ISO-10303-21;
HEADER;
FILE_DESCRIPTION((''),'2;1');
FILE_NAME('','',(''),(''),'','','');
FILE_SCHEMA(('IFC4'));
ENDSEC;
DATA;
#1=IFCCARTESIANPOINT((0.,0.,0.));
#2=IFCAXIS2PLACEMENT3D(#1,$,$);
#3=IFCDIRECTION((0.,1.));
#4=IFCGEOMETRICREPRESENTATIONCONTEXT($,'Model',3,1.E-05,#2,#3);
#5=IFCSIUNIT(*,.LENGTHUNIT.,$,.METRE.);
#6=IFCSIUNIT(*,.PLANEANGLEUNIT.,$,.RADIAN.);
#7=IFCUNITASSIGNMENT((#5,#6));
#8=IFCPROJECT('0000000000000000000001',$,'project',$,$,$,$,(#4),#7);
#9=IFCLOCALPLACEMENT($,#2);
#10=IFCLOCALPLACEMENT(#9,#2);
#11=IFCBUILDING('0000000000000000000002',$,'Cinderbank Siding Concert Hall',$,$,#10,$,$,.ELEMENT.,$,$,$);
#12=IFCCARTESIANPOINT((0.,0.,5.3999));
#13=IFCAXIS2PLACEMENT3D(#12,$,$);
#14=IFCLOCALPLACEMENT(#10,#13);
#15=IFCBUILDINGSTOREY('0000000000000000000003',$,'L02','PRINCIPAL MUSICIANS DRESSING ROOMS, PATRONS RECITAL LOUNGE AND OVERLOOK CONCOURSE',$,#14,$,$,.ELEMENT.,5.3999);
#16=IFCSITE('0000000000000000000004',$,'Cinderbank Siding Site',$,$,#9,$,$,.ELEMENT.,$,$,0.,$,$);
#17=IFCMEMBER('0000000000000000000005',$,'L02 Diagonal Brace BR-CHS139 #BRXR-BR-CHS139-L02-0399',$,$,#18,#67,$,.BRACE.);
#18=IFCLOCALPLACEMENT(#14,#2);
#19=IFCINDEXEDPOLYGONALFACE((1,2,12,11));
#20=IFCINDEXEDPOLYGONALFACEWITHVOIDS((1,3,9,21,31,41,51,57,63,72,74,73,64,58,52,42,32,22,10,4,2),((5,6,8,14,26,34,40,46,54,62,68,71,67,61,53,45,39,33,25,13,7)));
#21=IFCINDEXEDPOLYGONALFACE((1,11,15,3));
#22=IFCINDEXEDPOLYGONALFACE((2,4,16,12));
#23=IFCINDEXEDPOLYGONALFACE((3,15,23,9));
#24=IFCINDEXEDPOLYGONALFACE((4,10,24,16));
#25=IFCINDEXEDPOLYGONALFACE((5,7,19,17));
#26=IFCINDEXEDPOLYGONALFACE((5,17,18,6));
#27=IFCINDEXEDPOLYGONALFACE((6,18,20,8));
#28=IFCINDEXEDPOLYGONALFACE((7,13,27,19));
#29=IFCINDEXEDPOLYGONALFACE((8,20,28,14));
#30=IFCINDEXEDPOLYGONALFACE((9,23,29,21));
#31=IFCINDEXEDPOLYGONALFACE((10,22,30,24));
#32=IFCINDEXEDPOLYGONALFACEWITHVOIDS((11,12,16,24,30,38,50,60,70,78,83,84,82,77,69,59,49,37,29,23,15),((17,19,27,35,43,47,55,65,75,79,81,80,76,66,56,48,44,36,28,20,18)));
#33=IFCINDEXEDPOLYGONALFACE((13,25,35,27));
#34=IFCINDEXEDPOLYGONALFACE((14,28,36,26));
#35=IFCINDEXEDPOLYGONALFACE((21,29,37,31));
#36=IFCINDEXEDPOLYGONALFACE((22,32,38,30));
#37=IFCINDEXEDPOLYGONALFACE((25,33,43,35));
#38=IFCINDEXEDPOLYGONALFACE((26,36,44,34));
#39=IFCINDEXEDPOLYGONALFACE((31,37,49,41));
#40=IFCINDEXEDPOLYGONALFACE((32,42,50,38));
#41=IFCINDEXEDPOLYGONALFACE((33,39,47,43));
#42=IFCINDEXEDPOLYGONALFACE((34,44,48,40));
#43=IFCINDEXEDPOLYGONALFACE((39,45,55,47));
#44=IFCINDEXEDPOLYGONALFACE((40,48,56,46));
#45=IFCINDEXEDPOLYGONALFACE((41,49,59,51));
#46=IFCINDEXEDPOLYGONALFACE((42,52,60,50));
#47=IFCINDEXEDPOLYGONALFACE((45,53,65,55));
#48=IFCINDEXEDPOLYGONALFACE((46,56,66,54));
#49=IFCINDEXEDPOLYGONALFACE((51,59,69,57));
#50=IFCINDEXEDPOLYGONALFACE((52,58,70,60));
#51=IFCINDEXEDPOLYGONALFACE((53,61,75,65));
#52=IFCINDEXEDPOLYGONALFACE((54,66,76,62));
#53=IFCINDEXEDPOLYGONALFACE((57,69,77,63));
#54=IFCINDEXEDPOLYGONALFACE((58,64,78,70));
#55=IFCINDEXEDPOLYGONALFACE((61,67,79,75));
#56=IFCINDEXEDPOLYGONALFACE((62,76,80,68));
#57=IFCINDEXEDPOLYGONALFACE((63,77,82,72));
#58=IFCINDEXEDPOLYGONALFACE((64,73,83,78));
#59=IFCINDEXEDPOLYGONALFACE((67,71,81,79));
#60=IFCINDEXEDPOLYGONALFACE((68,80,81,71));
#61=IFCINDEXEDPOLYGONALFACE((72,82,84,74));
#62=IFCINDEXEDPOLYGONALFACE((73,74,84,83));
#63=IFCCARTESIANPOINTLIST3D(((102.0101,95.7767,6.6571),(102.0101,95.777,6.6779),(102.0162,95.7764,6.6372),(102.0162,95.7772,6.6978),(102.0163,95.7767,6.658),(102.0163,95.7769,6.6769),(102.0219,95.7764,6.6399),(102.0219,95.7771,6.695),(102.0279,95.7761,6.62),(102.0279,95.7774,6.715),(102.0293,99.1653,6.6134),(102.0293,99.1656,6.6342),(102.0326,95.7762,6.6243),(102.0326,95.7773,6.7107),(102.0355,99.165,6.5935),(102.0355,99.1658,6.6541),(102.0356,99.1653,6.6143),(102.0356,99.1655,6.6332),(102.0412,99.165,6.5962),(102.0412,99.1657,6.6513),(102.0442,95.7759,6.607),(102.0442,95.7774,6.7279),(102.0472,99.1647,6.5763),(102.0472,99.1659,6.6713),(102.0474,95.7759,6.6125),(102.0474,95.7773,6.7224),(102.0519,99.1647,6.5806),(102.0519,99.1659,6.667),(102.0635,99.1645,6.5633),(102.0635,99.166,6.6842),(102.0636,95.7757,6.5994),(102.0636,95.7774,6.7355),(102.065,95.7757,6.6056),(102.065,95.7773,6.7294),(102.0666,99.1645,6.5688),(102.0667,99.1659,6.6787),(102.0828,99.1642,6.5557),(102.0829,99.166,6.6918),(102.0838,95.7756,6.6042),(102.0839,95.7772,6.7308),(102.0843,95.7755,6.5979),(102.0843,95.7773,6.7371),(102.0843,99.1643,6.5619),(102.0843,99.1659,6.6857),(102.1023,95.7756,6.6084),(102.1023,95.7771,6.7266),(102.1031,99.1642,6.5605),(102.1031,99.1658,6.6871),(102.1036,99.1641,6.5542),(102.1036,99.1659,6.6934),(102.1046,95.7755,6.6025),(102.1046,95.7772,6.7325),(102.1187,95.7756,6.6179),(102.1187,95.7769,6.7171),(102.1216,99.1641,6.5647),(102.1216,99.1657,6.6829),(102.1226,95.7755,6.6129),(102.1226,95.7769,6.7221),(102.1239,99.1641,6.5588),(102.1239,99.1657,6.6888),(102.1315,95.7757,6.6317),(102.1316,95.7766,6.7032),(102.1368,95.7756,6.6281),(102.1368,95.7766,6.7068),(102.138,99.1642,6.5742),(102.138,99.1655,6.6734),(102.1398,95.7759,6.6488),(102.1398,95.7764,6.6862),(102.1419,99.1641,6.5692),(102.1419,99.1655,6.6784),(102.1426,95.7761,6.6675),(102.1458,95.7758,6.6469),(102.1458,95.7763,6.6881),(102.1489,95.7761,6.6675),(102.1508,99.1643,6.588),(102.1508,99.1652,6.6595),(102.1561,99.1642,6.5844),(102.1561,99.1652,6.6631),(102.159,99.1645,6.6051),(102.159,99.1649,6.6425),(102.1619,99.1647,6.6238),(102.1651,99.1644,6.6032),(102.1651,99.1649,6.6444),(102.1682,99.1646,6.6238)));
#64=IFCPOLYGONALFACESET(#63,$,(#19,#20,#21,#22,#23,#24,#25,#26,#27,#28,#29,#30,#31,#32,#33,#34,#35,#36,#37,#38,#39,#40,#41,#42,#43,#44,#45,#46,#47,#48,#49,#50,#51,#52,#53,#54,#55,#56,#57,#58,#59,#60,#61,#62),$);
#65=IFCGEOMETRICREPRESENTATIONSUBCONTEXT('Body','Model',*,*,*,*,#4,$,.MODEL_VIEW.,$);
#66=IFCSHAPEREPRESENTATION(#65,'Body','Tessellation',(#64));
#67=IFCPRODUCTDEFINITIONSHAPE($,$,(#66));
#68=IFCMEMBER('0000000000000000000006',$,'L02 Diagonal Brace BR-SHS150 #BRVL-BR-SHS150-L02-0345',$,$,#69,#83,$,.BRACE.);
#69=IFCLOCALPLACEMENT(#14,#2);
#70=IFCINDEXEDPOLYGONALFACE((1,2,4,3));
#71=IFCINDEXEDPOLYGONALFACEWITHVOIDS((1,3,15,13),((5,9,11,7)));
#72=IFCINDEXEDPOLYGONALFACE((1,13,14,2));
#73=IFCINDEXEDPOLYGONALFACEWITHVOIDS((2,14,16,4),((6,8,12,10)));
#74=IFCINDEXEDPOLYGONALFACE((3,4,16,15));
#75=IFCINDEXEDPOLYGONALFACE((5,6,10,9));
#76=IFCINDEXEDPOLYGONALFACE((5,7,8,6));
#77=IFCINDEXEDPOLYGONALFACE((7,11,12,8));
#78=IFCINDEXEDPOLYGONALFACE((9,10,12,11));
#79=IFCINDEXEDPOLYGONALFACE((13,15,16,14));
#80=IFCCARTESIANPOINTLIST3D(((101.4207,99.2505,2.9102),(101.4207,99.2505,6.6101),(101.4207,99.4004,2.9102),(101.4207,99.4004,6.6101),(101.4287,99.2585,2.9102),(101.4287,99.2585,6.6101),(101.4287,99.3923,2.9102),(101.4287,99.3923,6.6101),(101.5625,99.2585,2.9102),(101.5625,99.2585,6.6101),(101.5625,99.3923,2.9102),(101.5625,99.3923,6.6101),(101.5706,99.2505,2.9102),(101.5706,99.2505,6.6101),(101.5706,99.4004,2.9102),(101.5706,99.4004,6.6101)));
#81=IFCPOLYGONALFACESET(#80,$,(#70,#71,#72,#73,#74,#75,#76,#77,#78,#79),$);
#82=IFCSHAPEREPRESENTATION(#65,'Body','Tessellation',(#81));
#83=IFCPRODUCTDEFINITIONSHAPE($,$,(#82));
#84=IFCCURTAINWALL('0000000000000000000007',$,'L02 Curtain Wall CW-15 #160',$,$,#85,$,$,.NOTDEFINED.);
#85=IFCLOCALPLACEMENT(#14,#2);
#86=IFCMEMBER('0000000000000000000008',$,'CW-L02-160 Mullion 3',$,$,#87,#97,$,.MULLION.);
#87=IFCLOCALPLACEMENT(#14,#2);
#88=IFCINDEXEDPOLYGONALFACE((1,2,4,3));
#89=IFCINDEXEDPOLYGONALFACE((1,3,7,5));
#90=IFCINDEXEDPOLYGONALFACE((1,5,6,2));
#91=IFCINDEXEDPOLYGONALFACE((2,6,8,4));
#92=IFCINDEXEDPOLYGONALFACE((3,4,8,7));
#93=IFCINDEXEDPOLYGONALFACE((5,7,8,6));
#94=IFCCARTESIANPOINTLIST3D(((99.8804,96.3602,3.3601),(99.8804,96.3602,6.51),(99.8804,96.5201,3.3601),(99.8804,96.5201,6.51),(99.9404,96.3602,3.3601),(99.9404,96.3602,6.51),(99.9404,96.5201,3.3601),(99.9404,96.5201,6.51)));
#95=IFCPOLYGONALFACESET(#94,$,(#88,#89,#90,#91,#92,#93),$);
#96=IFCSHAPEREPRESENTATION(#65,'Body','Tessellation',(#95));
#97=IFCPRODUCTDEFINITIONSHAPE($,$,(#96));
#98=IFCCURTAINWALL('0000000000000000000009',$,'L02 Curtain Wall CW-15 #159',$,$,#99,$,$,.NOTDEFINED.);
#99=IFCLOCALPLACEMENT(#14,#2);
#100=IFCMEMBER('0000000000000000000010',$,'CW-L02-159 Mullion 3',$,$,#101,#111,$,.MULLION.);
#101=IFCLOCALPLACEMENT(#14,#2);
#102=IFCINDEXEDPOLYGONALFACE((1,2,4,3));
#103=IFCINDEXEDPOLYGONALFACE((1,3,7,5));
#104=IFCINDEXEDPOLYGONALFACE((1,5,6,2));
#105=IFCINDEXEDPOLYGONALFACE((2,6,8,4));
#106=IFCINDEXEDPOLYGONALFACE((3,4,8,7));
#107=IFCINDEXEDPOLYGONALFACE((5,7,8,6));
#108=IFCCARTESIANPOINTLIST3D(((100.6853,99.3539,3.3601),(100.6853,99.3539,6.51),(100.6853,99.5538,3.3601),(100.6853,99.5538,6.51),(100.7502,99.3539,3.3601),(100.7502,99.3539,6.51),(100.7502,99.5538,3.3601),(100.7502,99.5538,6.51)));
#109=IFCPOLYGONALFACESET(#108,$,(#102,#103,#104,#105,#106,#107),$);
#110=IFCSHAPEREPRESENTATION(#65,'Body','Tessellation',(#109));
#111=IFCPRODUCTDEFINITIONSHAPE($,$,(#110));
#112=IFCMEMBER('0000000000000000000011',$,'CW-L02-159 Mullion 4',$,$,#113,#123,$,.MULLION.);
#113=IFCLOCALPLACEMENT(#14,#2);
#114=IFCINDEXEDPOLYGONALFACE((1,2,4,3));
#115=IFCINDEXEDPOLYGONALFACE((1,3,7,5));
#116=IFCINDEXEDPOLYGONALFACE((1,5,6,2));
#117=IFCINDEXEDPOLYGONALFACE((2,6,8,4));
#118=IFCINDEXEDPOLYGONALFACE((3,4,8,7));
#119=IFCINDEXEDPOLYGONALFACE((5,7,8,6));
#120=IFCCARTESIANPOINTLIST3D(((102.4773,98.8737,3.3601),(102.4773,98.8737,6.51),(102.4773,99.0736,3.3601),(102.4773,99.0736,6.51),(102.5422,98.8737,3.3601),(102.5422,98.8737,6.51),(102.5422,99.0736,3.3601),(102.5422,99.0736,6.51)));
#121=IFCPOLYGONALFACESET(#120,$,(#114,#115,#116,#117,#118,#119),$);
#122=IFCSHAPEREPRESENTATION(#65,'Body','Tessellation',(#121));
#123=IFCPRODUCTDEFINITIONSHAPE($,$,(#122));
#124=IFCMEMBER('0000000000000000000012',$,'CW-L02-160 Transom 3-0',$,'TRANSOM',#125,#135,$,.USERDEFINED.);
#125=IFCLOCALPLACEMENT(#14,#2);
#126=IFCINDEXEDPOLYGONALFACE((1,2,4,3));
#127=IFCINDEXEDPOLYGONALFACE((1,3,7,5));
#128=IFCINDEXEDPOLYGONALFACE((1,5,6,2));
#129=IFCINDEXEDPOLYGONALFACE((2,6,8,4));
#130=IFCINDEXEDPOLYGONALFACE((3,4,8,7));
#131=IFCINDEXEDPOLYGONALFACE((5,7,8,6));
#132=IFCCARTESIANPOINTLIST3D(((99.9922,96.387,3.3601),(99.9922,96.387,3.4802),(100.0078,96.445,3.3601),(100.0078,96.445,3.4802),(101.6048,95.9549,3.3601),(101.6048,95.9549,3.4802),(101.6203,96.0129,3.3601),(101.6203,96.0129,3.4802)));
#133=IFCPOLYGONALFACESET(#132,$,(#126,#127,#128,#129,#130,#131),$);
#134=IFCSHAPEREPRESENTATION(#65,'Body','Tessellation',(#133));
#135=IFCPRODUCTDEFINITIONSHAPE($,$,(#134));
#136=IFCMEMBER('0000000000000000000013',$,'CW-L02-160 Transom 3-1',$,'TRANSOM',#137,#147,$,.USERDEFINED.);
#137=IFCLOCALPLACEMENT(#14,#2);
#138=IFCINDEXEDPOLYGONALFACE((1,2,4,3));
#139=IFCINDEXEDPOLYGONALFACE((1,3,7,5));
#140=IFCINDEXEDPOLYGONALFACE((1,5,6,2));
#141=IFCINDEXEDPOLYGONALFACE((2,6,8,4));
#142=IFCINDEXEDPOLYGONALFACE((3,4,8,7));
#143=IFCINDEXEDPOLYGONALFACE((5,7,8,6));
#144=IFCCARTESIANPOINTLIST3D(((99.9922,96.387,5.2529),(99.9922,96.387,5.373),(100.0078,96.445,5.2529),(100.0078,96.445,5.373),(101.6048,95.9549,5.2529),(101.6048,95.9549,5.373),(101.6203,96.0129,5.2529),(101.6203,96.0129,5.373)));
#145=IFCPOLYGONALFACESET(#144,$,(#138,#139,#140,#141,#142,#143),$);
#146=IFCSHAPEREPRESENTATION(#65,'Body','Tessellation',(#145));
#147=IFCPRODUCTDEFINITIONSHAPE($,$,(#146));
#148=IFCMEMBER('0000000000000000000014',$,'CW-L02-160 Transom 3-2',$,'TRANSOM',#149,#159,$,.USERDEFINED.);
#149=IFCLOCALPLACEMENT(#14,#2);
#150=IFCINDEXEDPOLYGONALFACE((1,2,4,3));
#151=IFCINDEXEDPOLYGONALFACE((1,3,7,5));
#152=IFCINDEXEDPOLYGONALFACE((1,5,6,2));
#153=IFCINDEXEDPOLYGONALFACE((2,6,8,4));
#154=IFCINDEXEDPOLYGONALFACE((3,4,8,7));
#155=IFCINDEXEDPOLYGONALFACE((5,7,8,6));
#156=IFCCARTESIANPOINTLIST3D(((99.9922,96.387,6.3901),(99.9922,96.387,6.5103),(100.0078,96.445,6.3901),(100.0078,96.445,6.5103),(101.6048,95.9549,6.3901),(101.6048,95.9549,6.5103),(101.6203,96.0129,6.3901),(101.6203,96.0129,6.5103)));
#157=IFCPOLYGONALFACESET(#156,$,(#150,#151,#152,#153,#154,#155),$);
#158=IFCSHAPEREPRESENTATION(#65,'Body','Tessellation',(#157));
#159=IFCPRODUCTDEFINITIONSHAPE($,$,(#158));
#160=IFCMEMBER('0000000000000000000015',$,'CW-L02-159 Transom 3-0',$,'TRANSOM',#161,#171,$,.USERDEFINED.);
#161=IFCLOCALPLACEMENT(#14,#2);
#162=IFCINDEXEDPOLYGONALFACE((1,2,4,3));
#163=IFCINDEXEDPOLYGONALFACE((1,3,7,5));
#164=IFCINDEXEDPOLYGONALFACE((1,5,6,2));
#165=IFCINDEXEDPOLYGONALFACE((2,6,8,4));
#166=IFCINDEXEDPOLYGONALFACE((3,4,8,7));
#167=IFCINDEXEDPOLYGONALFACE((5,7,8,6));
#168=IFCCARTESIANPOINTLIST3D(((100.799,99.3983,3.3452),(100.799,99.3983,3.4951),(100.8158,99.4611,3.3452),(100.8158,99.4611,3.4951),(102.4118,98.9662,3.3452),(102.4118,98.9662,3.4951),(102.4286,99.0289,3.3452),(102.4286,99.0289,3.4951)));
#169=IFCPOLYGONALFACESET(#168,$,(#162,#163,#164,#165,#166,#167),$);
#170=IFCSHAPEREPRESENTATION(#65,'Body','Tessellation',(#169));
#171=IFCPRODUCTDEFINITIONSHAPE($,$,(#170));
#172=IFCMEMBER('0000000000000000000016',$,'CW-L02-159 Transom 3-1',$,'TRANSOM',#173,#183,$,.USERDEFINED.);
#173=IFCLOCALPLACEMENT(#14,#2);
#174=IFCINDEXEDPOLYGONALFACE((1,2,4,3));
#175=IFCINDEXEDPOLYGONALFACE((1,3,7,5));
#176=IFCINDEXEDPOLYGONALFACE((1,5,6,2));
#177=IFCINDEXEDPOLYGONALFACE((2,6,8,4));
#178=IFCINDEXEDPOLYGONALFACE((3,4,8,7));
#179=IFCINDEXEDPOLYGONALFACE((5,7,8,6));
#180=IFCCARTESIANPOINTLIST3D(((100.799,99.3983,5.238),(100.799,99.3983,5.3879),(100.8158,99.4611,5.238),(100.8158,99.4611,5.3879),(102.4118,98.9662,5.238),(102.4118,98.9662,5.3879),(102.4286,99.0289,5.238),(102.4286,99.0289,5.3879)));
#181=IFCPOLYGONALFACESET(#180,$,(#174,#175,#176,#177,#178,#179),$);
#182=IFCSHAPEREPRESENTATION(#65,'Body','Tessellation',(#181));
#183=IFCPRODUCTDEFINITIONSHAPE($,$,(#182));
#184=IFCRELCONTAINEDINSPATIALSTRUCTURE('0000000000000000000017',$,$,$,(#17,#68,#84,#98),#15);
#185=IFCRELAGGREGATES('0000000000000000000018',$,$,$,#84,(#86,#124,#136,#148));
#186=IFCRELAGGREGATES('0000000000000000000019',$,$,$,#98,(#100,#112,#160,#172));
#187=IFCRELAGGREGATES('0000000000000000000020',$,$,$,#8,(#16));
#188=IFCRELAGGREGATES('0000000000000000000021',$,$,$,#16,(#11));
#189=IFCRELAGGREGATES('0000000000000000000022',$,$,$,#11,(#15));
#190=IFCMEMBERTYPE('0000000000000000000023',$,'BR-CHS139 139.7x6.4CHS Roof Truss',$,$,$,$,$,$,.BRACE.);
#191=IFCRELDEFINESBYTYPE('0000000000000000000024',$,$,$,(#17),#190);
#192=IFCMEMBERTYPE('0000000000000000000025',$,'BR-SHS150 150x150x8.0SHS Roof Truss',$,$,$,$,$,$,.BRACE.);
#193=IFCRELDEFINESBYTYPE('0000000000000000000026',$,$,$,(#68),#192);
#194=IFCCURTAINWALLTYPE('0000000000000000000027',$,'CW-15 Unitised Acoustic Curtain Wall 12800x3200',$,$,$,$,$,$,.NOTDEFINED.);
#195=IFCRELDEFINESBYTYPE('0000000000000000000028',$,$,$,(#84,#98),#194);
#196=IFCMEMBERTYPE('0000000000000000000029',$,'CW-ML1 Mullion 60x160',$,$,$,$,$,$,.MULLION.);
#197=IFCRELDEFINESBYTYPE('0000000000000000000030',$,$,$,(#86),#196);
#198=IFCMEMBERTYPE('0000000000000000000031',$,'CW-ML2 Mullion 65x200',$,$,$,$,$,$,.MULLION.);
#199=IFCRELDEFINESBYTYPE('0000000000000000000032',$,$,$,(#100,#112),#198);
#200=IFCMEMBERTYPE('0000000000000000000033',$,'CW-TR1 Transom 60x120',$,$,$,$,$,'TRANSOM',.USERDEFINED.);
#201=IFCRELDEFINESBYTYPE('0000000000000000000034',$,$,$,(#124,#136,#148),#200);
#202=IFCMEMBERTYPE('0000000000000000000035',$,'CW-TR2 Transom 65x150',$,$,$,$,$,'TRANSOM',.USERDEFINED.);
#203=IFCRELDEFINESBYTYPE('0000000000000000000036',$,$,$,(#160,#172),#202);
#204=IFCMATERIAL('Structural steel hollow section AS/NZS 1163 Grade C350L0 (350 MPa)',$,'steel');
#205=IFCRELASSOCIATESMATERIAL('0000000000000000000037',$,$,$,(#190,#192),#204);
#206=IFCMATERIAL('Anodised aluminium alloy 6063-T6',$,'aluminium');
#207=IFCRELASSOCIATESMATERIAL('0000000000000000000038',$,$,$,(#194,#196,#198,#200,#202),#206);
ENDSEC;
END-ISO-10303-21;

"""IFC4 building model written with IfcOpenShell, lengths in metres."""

from ifc_helpers import new_model, si_unit, direction, frame, origin, origin_2d, place, context, subcontext, project, spatial, rectangle, hollow_rectangle, hollow_circle, extrude, material, material_profile, profile_set, type_object, element, aggregate, save


model = new_model("IFC4")

# Units and contexts
model_context = context("Model", 3, precision=1e-05, world=origin(), true_north=direction((0.0, 1.0)))
body_context = subcontext(model_context, "Body", "Model", "MODEL_VIEW")
ifc_project = project(units=[si_unit("LENGTHUNIT", "METRE"), si_unit("PLANEANGLEUNIT", "RADIAN")], contexts=[model_context])

# Site, building, storey
site_placement = place(None, origin())
site = spatial("IfcSite", under=ifc_project, at=site_placement, Name="Cinderbank Siding Site", CompositionType="ELEMENT", RefElevation=0.0)
building_placement = place(site_placement, origin())
building = spatial("IfcBuilding", under=site, at=building_placement, Name="Cinderbank Siding Concert Hall", CompositionType="ELEMENT")
storey_placement = place(building_placement, frame((0.0, 0.0, 5.3999)))
storey = spatial("IfcBuildingStorey", under=building, at=storey_placement, Name="L02", Description="PRINCIPAL MUSICIANS DRESSING ROOMS, PATRONS RECITAL LOUNGE AND OVERLOOK CONCOURSE", CompositionType="ELEMENT", Elevation=5.3999)

# Members
ifc_material_1 = material(Name="Structural steel hollow section AS/NZS 1163 Grade C350L0 (350 MPa)", Category="steel")
ifc_material_profile_1 = material_profile(ifc_material_1, hollow_circle(Radius=0.0698, WallThickness=0.0063, at=origin_2d()), Name="139.7x6.4CHS", Category="LoadBearing")
ifc_profile_set_1 = profile_set([ifc_material_profile_1], Name="Structural steel hollow section AS/NZS 1163 Grade C350L0 (350 MPa)")
member_type_1 = type_object("IfcMemberType", Name="BR-CHS139 139.7x6.4CHS Roof Truss", PredefinedType="BRACE", material=ifc_profile_set_1)
member_1_placement = place(storey_placement, frame((102.0984, 99.165, 6.6238), z_axis=(-0.005691, -0.999901, 0.012895), x_axis=(0.999984, -0.005692, 0.0)))
element("IfcMember", 1, at=member_1_placement, inside=storey, type_object=member_type_1, Name="L02 Diagonal Brace BR-CHS139 #BRXR-BR-CHS139-L02-0399", PredefinedType="BRACE", context=body_context, shape_type="SweptSolid", body=[
    extrude(hollow_circle(Radius=0.0698, WallThickness=0.0063, at=origin_2d()), origin(), (0.0, 0.0, 1.0), 3.3889),
])
ifc_material_profile_2 = material_profile(ifc_material_1, hollow_rectangle(XDim=0.1499, YDim=0.1499, WallThickness=0.0081, at=origin_2d()), Name="150x150x8.0SHS", Category="LoadBearing")
ifc_profile_set_2 = profile_set([ifc_material_profile_2], Name="Structural steel hollow section AS/NZS 1163 Grade C350L0 (350 MPa)")
member_type_2 = type_object("IfcMemberType", Name="BR-SHS150 150x150x8.0SHS Roof Truss", PredefinedType="BRACE", material=ifc_profile_set_2)
member_2_placement = place(storey_placement, frame((101.4956, 99.3254, 2.9102), z_axis=(0.0, 0.0, 1.0), x_axis=(1.0, 0.0, 0.0)))
element("IfcMember", 2, at=member_2_placement, inside=storey, type_object=member_type_2, Name="L02 Diagonal Brace BR-SHS150 #BRVL-BR-SHS150-L02-0345", PredefinedType="BRACE", context=body_context, shape_type="SweptSolid", body=[
    extrude(hollow_rectangle(XDim=0.1499, YDim=0.1499, WallThickness=0.0081, at=origin_2d()), origin(), (0.0, 0.0, 1.0), 3.7),
])

# Curtain wall, member
ifc_material_2 = material(Name="Anodised aluminium alloy 6063-T6", Category="aluminium")
curtain_wall_type = type_object("IfcCurtainWallType", Name="CW-15 Unitised Acoustic Curtain Wall 12800x3200", PredefinedType="NOTDEFINED", material=ifc_material_2)
curtain_wall_1_placement = place(storey_placement, origin())
curtain_wall_1 = element("IfcCurtainWall", 3, at=curtain_wall_1_placement, inside=storey, type_object=curtain_wall_type, Name="L02 Curtain Wall CW-15 #160", PredefinedType="NOTDEFINED")
ifc_material_profile_3 = material_profile(ifc_material_2, rectangle(XDim=0.0601, YDim=0.1599, at=origin_2d()), Name="ALU-MULL-60x160", Category="LoadBearing")
ifc_profile_set_3 = profile_set([ifc_material_profile_3], Name="Anodised aluminium alloy 6063-T6")
member_type_3 = type_object("IfcMemberType", Name="CW-ML1 Mullion 60x160", PredefinedType="MULLION", material=ifc_profile_set_3)
member_3_placement = place(storey_placement, frame((99.9104, 96.4402, 3.3601), z_axis=(0.0, 0.0, 1.0), x_axis=(1.0, 0.0, 0.0)))
member_3 = element("IfcMember", 4, at=member_3_placement, type_object=member_type_3, Name="CW-L02-160 Mullion 3", PredefinedType="MULLION", context=body_context, shape_type="SweptSolid", body=[
    extrude(rectangle(XDim=0.0601, YDim=0.1599, at=origin_2d()), origin(), (0.0, 0.0, 1.0), 3.1499),
])

# Curtain wall, members
curtain_wall_2_placement = place(storey_placement, origin())
curtain_wall_2 = element("IfcCurtainWall", 5, at=curtain_wall_2_placement, inside=storey, type_object=curtain_wall_type, Name="L02 Curtain Wall CW-15 #159", PredefinedType="NOTDEFINED")
ifc_material_profile_4 = material_profile(ifc_material_2, rectangle(XDim=0.0649, YDim=0.2, at=origin_2d()), Name="ALU-MULL-65x200", Category="LoadBearing")
ifc_profile_set_4 = profile_set([ifc_material_profile_4], Name="Anodised aluminium alloy 6063-T6")
member_type_4 = type_object("IfcMemberType", Name="CW-ML2 Mullion 65x200", PredefinedType="MULLION", material=ifc_profile_set_4)
member_4_placement = place(storey_placement, frame((100.7178, 99.4539, 3.3601), z_axis=(0.0, 0.0, 1.0), x_axis=(1.0, 0.0, 0.0)))
member_4 = element("IfcMember", 6, at=member_4_placement, type_object=member_type_4, Name="CW-L02-159 Mullion 3", PredefinedType="MULLION", context=body_context, shape_type="SweptSolid", body=[
    extrude(rectangle(XDim=0.0649, YDim=0.2, at=origin_2d()), origin(), (0.0, 0.0, 1.0), 3.1499),
])
member_5_placement = place(storey_placement, frame((102.5098, 98.9736, 3.3601), z_axis=(0.0, 0.0, 1.0), x_axis=(1.0, 0.0, 0.0)))
member_5 = element("IfcMember", 7, at=member_5_placement, type_object=member_type_4, Name="CW-L02-159 Mullion 4", PredefinedType="MULLION", context=body_context, shape_type="SweptSolid", body=[
    extrude(rectangle(XDim=0.0649, YDim=0.2, at=origin_2d()), origin(), (0.0, 0.0, 1.0), 3.1499),
])

# Members
ifc_material_profile_5 = material_profile(ifc_material_2, rectangle(XDim=0.0601, YDim=0.1201, at=origin_2d()), Name="ALU-TRAN-60x120", Category="LoadBearing")
ifc_profile_set_5 = profile_set([ifc_material_profile_5], Name="Anodised aluminium alloy 6063-T6")
member_type_5 = type_object("IfcMemberType", Name="CW-TR1 Transom 60x120", ElementType="TRANSOM", PredefinedType="USERDEFINED", material=ifc_profile_set_5)
member_6_placement = place(storey_placement, frame((100.0, 96.416, 3.4202), z_axis=(0.965919, -0.258846, 0.0), x_axis=(0.258846, 0.965919, 0.0)))
member_6 = element("IfcMember", 8, at=member_6_placement, type_object=member_type_5, Name="CW-L02-160 Transom 3-0", ObjectType="TRANSOM", PredefinedType="USERDEFINED", context=body_context, shape_type="SweptSolid", body=[
    extrude(rectangle(XDim=0.0601, YDim=0.1201, at=origin_2d()), origin(), (0.0, 0.0, 1.0), 1.6694),
])
member_7_placement = place(storey_placement, frame((100.0, 96.416, 5.313), z_axis=(0.965919, -0.258846, 0.0), x_axis=(0.258846, 0.965919, 0.0)))
member_7 = element("IfcMember", 9, at=member_7_placement, type_object=member_type_5, Name="CW-L02-160 Transom 3-1", ObjectType="TRANSOM", PredefinedType="USERDEFINED", context=body_context, shape_type="SweptSolid", body=[
    extrude(rectangle(XDim=0.0601, YDim=0.1201, at=origin_2d()), origin(), (0.0, 0.0, 1.0), 1.6694),
])
member_8_placement = place(storey_placement, frame((100.0, 96.416, 6.4502), z_axis=(0.965919, -0.258846, 0.0), x_axis=(0.258846, 0.965919, 0.0)))
member_8 = element("IfcMember", 10, at=member_8_placement, type_object=member_type_5, Name="CW-L02-160 Transom 3-2", ObjectType="TRANSOM", PredefinedType="USERDEFINED", context=body_context, shape_type="SweptSolid", body=[
    extrude(rectangle(XDim=0.0601, YDim=0.1201, at=origin_2d()), origin(), (0.0, 0.0, 1.0), 1.6694),
])
aggregate(curtain_wall_1, [member_3, member_6, member_7, member_8])
ifc_material_profile_6 = material_profile(ifc_material_2, rectangle(XDim=0.0649, YDim=0.1499, at=origin_2d()), Name="ALU-TRAN-65x150", Category="LoadBearing")
ifc_profile_set_6 = profile_set([ifc_material_profile_6], Name="Anodised aluminium alloy 6063-T6")
member_type_6 = type_object("IfcMemberType", Name="CW-TR2 Transom 65x150", ElementType="TRANSOM", PredefinedType="USERDEFINED", material=ifc_profile_set_6)
member_9_placement = place(storey_placement, frame((100.8074, 99.4297, 3.4202), z_axis=(0.965928, -0.258809, 0.0), x_axis=(0.258809, 0.965928, 0.0)))
member_9 = element("IfcMember", 11, at=member_9_placement, type_object=member_type_6, Name="CW-L02-159 Transom 3-0", ObjectType="TRANSOM", PredefinedType="USERDEFINED", context=body_context, shape_type="SweptSolid", body=[
    extrude(rectangle(XDim=0.0649, YDim=0.1499, at=origin_2d()), origin(), (0.0, 0.0, 1.0), 1.6697),
])
member_10_placement = place(storey_placement, frame((100.8074, 99.4297, 5.313), z_axis=(0.965928, -0.258809, 0.0), x_axis=(0.258809, 0.965928, 0.0)))
member_10 = element("IfcMember", 12, at=member_10_placement, type_object=member_type_6, Name="CW-L02-159 Transom 3-1", ObjectType="TRANSOM", PredefinedType="USERDEFINED", context=body_context, shape_type="SweptSolid", body=[
    extrude(rectangle(XDim=0.0649, YDim=0.1499, at=origin_2d()), origin(), (0.0, 0.0, 1.0), 1.6697),
])

aggregate(curtain_wall_2, [member_4, member_5, member_9, member_10])

save(model, "model.ifc")
